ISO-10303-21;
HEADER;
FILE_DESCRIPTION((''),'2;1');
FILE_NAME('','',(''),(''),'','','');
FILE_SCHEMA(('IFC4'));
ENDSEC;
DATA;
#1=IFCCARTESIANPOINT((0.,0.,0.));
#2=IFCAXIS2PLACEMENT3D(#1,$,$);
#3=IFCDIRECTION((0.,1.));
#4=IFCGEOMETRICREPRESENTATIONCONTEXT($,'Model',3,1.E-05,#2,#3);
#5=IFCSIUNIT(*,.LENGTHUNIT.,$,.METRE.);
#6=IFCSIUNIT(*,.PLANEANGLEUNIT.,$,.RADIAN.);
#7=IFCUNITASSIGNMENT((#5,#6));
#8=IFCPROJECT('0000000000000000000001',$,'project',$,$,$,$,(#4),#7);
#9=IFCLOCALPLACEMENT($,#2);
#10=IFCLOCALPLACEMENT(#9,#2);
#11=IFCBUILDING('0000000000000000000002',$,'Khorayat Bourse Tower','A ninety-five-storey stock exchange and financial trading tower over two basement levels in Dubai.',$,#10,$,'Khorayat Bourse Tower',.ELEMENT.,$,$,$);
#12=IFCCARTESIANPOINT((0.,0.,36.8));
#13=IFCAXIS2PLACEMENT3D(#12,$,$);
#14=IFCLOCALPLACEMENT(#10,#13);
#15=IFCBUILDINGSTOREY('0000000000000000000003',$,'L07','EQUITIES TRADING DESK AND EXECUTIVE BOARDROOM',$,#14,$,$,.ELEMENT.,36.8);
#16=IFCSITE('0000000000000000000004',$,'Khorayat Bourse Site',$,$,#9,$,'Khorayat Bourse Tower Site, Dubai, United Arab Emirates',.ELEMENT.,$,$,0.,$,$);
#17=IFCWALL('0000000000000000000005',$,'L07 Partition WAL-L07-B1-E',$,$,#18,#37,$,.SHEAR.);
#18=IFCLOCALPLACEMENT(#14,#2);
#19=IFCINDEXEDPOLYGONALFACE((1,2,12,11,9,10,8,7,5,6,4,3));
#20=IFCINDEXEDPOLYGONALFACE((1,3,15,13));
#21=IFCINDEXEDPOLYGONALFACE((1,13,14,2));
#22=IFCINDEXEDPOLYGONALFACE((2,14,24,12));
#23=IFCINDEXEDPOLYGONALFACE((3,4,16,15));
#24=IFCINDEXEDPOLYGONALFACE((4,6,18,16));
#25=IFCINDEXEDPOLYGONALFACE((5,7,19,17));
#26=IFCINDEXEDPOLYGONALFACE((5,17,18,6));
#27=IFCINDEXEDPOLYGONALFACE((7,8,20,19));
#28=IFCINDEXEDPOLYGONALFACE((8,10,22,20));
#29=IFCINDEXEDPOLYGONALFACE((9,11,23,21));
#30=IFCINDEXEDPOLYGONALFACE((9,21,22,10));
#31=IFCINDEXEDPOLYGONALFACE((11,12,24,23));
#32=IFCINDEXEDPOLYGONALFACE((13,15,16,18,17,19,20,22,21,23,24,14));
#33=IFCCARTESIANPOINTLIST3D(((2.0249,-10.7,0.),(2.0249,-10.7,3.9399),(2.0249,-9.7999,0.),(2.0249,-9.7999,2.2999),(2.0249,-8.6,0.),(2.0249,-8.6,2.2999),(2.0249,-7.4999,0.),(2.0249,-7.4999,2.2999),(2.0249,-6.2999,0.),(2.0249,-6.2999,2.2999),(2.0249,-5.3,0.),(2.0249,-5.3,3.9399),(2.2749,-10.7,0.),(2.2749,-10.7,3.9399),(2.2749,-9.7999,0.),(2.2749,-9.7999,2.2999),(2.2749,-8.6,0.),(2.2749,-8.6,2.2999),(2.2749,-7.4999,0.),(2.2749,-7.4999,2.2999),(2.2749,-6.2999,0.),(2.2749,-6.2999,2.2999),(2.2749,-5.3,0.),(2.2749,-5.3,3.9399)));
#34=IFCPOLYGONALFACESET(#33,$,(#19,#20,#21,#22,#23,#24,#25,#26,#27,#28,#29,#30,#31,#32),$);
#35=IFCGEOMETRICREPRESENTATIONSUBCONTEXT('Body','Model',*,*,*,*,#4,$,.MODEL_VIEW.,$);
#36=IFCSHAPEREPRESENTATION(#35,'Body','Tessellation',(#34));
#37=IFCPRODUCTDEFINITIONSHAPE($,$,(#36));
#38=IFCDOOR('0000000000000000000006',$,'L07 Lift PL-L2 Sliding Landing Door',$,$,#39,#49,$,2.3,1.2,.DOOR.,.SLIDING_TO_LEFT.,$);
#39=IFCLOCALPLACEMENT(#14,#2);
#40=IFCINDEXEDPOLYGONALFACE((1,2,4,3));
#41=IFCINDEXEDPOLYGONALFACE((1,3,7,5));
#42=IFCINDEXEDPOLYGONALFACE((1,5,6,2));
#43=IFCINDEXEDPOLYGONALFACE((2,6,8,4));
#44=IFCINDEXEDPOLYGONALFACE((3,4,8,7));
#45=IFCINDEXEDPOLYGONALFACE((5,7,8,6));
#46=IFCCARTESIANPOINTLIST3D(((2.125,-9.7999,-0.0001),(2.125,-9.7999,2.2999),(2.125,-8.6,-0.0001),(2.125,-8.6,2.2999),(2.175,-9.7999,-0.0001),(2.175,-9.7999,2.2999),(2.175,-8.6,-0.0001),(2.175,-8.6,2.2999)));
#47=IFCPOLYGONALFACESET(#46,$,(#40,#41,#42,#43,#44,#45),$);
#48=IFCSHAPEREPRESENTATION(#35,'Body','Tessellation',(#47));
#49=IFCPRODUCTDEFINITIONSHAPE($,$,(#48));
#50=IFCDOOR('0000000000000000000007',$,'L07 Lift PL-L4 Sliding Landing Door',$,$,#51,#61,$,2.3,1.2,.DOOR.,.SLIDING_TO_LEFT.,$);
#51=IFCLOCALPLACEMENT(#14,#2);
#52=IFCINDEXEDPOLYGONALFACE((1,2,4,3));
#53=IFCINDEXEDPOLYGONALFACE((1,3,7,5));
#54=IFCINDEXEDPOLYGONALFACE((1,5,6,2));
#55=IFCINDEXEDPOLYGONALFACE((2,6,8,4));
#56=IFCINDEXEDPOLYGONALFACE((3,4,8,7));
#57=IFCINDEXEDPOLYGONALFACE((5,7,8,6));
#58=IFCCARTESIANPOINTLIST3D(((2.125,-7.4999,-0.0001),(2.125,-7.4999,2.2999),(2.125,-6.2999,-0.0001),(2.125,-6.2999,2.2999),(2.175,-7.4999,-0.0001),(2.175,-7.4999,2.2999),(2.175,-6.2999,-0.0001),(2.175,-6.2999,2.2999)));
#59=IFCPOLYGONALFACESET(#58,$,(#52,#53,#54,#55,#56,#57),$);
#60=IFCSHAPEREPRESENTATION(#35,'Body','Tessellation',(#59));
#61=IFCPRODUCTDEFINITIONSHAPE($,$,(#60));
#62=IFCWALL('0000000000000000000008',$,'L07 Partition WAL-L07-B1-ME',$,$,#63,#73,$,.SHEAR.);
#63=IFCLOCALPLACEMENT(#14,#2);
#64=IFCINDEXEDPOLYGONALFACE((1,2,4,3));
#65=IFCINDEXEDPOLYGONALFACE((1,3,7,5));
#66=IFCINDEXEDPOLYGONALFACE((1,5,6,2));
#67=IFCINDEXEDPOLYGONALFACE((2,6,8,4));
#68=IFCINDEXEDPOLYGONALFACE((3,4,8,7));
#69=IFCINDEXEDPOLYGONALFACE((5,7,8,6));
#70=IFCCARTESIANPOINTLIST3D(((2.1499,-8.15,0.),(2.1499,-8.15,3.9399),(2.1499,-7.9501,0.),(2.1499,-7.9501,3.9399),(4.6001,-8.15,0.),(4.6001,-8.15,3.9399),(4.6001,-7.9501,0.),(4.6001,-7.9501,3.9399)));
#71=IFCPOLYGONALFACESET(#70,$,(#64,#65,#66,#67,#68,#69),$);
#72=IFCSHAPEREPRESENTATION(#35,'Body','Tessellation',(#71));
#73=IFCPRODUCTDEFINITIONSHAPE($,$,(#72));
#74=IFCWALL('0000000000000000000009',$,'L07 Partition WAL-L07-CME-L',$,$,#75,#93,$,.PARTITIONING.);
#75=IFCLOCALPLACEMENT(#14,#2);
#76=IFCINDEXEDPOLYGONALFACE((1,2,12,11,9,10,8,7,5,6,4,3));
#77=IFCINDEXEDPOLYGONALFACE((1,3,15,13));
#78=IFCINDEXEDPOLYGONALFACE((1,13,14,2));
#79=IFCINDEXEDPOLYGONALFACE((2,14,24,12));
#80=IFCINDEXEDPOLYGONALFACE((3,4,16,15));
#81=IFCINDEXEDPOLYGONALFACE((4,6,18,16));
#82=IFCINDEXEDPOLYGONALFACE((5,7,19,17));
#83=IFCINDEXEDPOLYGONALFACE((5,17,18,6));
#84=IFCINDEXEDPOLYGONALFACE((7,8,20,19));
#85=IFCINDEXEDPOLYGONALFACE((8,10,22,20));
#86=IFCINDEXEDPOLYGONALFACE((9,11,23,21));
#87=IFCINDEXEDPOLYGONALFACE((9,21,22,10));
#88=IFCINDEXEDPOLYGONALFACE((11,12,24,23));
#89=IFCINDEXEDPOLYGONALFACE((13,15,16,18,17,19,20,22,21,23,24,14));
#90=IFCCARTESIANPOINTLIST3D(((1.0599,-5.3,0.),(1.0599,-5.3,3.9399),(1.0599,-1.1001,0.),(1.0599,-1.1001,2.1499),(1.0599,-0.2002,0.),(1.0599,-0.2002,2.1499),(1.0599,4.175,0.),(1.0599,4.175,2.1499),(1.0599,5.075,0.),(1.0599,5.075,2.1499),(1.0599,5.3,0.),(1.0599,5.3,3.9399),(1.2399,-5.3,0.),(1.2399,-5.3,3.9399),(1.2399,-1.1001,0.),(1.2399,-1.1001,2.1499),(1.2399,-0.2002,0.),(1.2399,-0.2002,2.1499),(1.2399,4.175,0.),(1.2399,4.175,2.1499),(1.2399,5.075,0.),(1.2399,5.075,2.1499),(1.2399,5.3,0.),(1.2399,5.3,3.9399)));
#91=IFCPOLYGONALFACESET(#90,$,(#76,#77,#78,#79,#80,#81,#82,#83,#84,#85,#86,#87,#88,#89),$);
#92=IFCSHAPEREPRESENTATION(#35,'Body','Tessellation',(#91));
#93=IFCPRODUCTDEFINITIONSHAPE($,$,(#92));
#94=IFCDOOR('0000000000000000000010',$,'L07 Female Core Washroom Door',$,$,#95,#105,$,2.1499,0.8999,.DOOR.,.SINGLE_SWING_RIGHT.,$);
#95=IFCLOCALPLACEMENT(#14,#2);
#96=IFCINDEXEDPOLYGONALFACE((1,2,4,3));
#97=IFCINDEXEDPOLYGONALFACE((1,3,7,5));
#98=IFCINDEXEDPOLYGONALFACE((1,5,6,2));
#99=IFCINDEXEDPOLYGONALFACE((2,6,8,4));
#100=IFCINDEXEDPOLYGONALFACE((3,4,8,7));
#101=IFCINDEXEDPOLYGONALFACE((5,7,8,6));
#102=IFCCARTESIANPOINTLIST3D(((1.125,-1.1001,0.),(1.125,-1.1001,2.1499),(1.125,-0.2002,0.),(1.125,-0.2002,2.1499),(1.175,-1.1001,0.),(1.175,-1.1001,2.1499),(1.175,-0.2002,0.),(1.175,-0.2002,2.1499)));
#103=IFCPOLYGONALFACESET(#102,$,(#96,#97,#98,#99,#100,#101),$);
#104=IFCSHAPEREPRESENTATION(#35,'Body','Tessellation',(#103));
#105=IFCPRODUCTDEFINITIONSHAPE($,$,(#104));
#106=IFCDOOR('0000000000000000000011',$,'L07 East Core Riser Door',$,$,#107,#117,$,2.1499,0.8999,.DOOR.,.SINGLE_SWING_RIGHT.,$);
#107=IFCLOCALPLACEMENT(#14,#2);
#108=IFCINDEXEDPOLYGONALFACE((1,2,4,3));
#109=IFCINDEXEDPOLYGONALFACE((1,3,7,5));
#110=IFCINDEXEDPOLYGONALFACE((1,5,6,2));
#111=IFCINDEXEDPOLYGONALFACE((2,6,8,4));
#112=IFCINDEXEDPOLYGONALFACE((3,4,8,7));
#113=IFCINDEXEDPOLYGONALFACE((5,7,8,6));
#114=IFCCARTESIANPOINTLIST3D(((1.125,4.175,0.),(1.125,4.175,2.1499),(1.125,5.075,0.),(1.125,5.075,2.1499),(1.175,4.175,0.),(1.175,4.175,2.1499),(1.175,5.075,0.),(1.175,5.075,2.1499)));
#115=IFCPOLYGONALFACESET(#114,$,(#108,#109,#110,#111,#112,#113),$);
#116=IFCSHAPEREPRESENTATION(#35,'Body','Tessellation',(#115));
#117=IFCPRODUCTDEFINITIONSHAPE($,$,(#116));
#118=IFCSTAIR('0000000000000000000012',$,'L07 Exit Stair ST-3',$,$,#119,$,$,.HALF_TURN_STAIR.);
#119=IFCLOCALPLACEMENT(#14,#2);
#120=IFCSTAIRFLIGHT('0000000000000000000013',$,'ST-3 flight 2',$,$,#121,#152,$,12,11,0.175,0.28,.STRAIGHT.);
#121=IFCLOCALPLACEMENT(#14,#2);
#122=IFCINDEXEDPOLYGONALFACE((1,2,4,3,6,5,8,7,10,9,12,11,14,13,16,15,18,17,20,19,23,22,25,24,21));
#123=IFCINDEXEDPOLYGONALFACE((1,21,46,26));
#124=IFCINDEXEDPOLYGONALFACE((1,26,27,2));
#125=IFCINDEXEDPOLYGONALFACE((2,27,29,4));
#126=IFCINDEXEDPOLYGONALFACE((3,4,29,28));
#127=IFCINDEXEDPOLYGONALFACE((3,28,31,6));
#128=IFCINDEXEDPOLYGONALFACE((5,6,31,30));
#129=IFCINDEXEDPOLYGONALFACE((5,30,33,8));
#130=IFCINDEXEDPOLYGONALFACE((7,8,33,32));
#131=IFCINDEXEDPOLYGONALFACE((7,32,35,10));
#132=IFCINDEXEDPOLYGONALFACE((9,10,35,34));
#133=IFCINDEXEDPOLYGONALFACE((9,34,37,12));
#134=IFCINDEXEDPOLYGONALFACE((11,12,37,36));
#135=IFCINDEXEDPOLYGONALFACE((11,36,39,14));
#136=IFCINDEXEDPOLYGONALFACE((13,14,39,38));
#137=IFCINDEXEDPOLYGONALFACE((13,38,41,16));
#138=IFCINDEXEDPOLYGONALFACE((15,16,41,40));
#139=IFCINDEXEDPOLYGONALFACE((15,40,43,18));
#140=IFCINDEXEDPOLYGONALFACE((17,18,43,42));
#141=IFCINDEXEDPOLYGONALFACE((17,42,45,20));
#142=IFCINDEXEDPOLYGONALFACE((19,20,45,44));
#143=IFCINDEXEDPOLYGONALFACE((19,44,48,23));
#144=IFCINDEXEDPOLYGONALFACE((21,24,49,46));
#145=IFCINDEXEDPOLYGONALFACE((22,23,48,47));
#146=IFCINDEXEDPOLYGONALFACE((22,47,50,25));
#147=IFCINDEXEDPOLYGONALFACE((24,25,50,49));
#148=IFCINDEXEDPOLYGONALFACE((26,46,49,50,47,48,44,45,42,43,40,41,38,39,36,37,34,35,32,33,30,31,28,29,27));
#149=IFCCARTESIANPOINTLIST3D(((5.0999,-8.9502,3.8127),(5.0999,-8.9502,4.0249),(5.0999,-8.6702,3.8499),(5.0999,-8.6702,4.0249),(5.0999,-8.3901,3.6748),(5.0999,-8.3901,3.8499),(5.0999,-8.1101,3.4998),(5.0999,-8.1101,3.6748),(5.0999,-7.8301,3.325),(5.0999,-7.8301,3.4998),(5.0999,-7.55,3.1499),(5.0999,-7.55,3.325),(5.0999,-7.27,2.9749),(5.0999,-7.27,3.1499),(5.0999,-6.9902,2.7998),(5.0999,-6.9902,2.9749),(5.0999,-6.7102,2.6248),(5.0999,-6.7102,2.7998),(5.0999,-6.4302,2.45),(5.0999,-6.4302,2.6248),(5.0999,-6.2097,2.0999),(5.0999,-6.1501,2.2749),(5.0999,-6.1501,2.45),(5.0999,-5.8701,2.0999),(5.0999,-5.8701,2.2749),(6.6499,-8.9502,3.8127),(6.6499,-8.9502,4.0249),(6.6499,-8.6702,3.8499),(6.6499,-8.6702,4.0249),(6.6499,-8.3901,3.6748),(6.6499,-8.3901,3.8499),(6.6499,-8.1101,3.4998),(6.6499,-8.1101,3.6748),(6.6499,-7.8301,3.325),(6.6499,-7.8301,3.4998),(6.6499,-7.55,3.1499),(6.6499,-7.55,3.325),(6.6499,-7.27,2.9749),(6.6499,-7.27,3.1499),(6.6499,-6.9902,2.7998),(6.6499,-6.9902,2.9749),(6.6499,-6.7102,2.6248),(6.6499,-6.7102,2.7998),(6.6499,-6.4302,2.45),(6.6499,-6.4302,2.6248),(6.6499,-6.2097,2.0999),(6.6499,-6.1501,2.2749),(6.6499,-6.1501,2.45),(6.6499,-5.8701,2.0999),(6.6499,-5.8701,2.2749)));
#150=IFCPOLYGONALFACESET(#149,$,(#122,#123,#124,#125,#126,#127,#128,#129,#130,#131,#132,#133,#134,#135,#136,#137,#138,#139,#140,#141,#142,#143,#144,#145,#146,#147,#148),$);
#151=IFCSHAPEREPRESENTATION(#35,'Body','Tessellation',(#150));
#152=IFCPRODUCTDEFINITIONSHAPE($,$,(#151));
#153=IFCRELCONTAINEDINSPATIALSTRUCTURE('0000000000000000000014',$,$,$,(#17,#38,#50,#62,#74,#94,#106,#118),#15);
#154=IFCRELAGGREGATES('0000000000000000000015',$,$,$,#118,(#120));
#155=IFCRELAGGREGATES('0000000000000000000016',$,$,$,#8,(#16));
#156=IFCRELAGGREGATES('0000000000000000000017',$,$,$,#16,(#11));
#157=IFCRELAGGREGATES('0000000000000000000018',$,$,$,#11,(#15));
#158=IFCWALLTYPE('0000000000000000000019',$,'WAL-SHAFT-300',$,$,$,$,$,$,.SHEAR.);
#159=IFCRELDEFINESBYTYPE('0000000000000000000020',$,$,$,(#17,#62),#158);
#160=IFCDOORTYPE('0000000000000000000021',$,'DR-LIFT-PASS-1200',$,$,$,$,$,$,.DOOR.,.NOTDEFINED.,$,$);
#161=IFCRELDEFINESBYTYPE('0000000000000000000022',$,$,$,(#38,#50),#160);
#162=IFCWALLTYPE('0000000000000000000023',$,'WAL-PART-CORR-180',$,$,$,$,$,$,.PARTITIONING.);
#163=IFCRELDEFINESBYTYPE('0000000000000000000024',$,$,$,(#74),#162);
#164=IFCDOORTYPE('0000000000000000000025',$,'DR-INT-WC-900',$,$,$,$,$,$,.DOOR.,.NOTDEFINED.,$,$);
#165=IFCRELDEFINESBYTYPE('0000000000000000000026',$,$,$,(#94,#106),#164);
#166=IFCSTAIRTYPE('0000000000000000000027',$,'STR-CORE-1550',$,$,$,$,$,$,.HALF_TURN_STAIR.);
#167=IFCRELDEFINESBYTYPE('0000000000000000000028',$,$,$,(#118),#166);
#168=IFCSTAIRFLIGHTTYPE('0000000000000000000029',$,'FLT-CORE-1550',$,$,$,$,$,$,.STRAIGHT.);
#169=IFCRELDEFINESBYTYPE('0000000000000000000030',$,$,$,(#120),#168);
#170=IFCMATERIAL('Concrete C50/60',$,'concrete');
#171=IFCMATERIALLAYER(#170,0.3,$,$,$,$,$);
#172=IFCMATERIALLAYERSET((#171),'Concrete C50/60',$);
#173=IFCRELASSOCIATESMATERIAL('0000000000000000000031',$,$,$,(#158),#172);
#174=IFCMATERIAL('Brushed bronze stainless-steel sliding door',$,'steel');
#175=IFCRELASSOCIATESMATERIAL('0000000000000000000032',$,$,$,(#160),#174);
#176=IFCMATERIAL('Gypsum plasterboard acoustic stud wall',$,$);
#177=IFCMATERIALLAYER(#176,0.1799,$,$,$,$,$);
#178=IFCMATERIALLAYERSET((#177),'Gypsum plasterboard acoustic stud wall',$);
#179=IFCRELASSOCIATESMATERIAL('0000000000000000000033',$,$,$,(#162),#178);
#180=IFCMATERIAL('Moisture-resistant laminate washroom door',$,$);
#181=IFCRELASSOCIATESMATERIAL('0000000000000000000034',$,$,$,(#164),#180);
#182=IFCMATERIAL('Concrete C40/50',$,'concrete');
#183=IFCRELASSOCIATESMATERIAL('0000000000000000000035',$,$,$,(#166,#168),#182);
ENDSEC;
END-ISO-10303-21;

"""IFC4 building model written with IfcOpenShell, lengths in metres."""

from ifc_helpers import new_model, si_unit, direction, frame, frame_2d, origin, place, context, subcontext, project, spatial, polyline, rectangle, outline, extrude, source, transform, mapped, material, layer, layer_set, type_object, element, fill, aggregate, save


model = new_model("IFC4")

# Units and contexts
model_context = context("Model", 3, precision=1e-05, world=origin(), true_north=direction((0.0, 1.0)))
body_context = subcontext(model_context, "Body", "Model", "MODEL_VIEW")
ifc_project = project(units=[si_unit("LENGTHUNIT", "METRE"), si_unit("PLANEANGLEUNIT", "RADIAN")], contexts=[model_context])

# Site, building, storey
site_placement = place(None, origin())
site = spatial("IfcSite", under=ifc_project, at=site_placement, Name="Khorayat Bourse Site", LongName="Khorayat Bourse Tower Site, Dubai, United Arab Emirates", CompositionType="ELEMENT", RefElevation=0.0)
building_placement = place(site_placement, origin())
building = spatial("IfcBuilding", under=site, at=building_placement, Name="Khorayat Bourse Tower", Description="A ninety-five-storey stock exchange and financial trading tower over two basement levels in Dubai.", LongName="Khorayat Bourse Tower", CompositionType="ELEMENT")
storey_placement = place(building_placement, frame((0.0, 0.0, 36.8)))
storey = spatial("IfcBuildingStorey", under=building, at=storey_placement, Name="L07", Description="EQUITIES TRADING DESK AND EXECUTIVE BOARDROOM", CompositionType="ELEMENT", Elevation=36.8)

# Wall, openings, doors
ifc_material_1 = material(Name="Concrete C50/60", Category="concrete")
ifc_layer_1 = layer(ifc_material_1, 0.3)
ifc_layer_set_1 = layer_set([ifc_layer_1], Name="Concrete C50/60")
wall_type_1 = type_object("IfcWallType", Name="WAL-SHAFT-300", PredefinedType="SHEAR", material=ifc_layer_set_1)
shared_shape_1 = source(origin(), body_context, "Body", "SweptSolid", [
    extrude(rectangle(XDim=5.3999, YDim=0.25, at=frame_2d((2.7, 0.0))), origin(), (0.0, 0.0, 1.0), 3.9399),
])
shared_shape_2 = source(origin(), body_context, "Body", "SweptSolid", [
    extrude(rectangle(XDim=1.2, YDim=2.3, at=frame_2d((0.6001, 1.1499))), frame((0.0, 0.135, 0.0), z_axis=(0.0, -1.0, 0.0), x_axis=(1.0, 0.0, 0.0)), (0.0, 0.0, 1.0), 0.27),
])
ifc_material_2 = material(Name="Brushed bronze stainless-steel sliding door", Category="steel")
door_type_1 = type_object("IfcDoorType", Name="DR-LIFT-PASS-1200", OperationType="NOTDEFINED", PredefinedType="DOOR", material=ifc_material_2)
shared_shape_3 = source(origin(), body_context, "Body", "SweptSolid", [
    extrude(rectangle(XDim=1.2, YDim=2.3, at=frame_2d((0.6001, 1.1499))), frame((0.0, 0.0249, 0.0), z_axis=(0.0, -1.0, 0.0), x_axis=(1.0, 0.0, 0.0)), (0.0, 0.0, 1.0), 0.05),
])
wall_1_placement = place(storey_placement, frame((2.1499, -10.7, 0.0), z_axis=(0.0, 0.0, 1.0), x_axis=(0.0, 1.0, 0.0)))
wall_1 = element("IfcWall", 1, at=wall_1_placement, inside=storey, type_object=wall_type_1, Name="L07 Partition WAL-L07-B1-E", PredefinedType="SHEAR", context=body_context, shape_type="MappedRepresentation", body=[
    mapped(shared_shape_1, transform((0.0, 0.0, 0.0), scale=1.0)),
])
opening_1_placement = place(wall_1_placement, frame((0.8999, 0.0, 0.0)))
opening_1 = element("IfcOpeningElement", 2, at=opening_1_placement, cuts=wall_1, PredefinedType="OPENING", context=body_context, shape_type="MappedRepresentation", body=[
    mapped(shared_shape_2, transform((0.0, 0.0, 0.0), scale=1.0)),
])
opening_2_placement = place(wall_1_placement, frame((3.2, 0.0, 0.0)))
opening_2 = element("IfcOpeningElement", 3, at=opening_2_placement, cuts=wall_1, PredefinedType="OPENING", context=body_context, shape_type="MappedRepresentation", body=[
    mapped(shared_shape_2, transform((0.0, 0.0, 0.0), scale=1.0)),
])
door_1_placement = place(opening_1_placement, origin())
door_1 = element("IfcDoor", 4, at=door_1_placement, inside=storey, type_object=door_type_1, Name="L07 Lift PL-L2 Sliding Landing Door", OperationType="SLIDING_TO_LEFT", OverallHeight=2.3, OverallWidth=1.2, PredefinedType="DOOR", context=body_context, shape_type="MappedRepresentation", body=[
    mapped(shared_shape_3, transform((0.0, 0.0, 0.0), scale=1.0)),
])
fill(opening_1, door_1)
door_2_placement = place(opening_2_placement, origin())
door_2 = element("IfcDoor", 5, at=door_2_placement, inside=storey, type_object=door_type_1, Name="L07 Lift PL-L4 Sliding Landing Door", OperationType="SLIDING_TO_LEFT", OverallHeight=2.3, OverallWidth=1.2, PredefinedType="DOOR", context=body_context, shape_type="MappedRepresentation", body=[
    mapped(shared_shape_3, transform((0.0, 0.0, 0.0), scale=1.0)),
])
fill(opening_2, door_2)

# Wall
shared_shape_4 = source(origin(), body_context, "Body", "SweptSolid", [
    extrude(rectangle(XDim=2.4502, YDim=0.2, at=frame_2d((1.2251, 0.0))), origin(), (0.0, 0.0, 1.0), 3.9399),
])
wall_2_placement = place(storey_placement, frame((2.1499, -8.05, 0.0), z_axis=(0.0, 0.0, 1.0), x_axis=(1.0, 0.0, 0.0)))
element("IfcWall", 6, at=wall_2_placement, inside=storey, type_object=wall_type_1, Name="L07 Partition WAL-L07-B1-ME", PredefinedType="SHEAR", context=body_context, shape_type="MappedRepresentation", body=[
    mapped(shared_shape_4, transform((0.0, 0.0, 0.0), scale=1.0)),
])

# Wall, openings, doors
ifc_material_3 = material(Name="Gypsum plasterboard acoustic stud wall")
ifc_layer_2 = layer(ifc_material_3, 0.1799)
ifc_layer_set_2 = layer_set([ifc_layer_2], Name="Gypsum plasterboard acoustic stud wall")
wall_type_2 = type_object("IfcWallType", Name="WAL-PART-CORR-180", PredefinedType="PARTITIONING", material=ifc_layer_set_2)
shared_shape_5 = source(origin(), body_context, "Body", "SweptSolid", [
    extrude(rectangle(XDim=10.6001, YDim=0.1799, at=frame_2d((5.3, 0.0))), origin(), (0.0, 0.0, 1.0), 3.9399),
])
shared_shape_6 = source(origin(), body_context, "Body", "SweptSolid", [
    extrude(rectangle(XDim=0.8999, YDim=2.1499, at=frame_2d((0.45, 1.075))), frame((0.0, 0.0999, 0.0), z_axis=(0.0, -1.0, 0.0), x_axis=(1.0, 0.0, 0.0)), (0.0, 0.0, 1.0), 0.2),
])
ifc_material_4 = material(Name="Moisture-resistant laminate washroom door")
door_type_2 = type_object("IfcDoorType", Name="DR-INT-WC-900", OperationType="NOTDEFINED", PredefinedType="DOOR", material=ifc_material_4)
shared_shape_7 = source(origin(), body_context, "Body", "SweptSolid", [
    extrude(rectangle(XDim=0.8999, YDim=2.1499, at=frame_2d((0.45, 1.075))), frame((0.0, 0.0249, 0.0), z_axis=(0.0, -1.0, 0.0), x_axis=(1.0, 0.0, 0.0)), (0.0, 0.0, 1.0), 0.05),
])
wall_3_placement = place(storey_placement, frame((1.1499, -5.3, 0.0), z_axis=(0.0, 0.0, 1.0), x_axis=(0.0, 1.0, 0.0)))
wall_3 = element("IfcWall", 7, at=wall_3_placement, inside=storey, type_object=wall_type_2, Name="L07 Partition WAL-L07-CME-L", PredefinedType="PARTITIONING", context=body_context, shape_type="MappedRepresentation", body=[
    mapped(shared_shape_5, transform((0.0, 0.0, 0.0), scale=1.0)),
])
opening_3_placement = place(wall_3_placement, frame((4.2, 0.0, 0.0)))
opening_3 = element("IfcOpeningElement", 8, at=opening_3_placement, cuts=wall_3, PredefinedType="OPENING", context=body_context, shape_type="MappedRepresentation", body=[
    mapped(shared_shape_6, transform((0.0, 0.0, 0.0), scale=1.0)),
])
opening_4_placement = place(wall_3_placement, frame((9.4751, 0.0, 0.0)))
opening_4 = element("IfcOpeningElement", 9, at=opening_4_placement, cuts=wall_3, PredefinedType="OPENING", context=body_context, shape_type="MappedRepresentation", body=[
    mapped(shared_shape_6, transform((0.0, 0.0, 0.0), scale=1.0)),
])
door_3_placement = place(opening_3_placement, origin())
door_3 = element("IfcDoor", 10, at=door_3_placement, inside=storey, type_object=door_type_2, Name="L07 Female Core Washroom Door", OperationType="SINGLE_SWING_RIGHT", OverallHeight=2.1499, OverallWidth=0.8999, PredefinedType="DOOR", context=body_context, shape_type="MappedRepresentation", body=[
    mapped(shared_shape_7, transform((0.0, 0.0, 0.0), scale=1.0)),
])
fill(opening_3, door_3)
door_4_placement = place(opening_4_placement, origin())
door_4 = element("IfcDoor", 11, at=door_4_placement, inside=storey, type_object=door_type_2, Name="L07 East Core Riser Door", OperationType="SINGLE_SWING_RIGHT", OverallHeight=2.1499, OverallWidth=0.8999, PredefinedType="DOOR", context=body_context, shape_type="MappedRepresentation", body=[
    mapped(shared_shape_7, transform((0.0, 0.0, 0.0), scale=1.0)),
])
fill(opening_4, door_4)

# Stair, stair flight
ifc_material_5 = material(Name="Concrete C40/50", Category="concrete")
stair_type = type_object("IfcStairType", Name="STR-CORE-1550", PredefinedType="HALF_TURN_STAIR", material=ifc_material_5)
stair_placement = place(storey_placement, origin())
stair = element("IfcStair", 12, at=stair_placement, inside=storey, type_object=stair_type, Name="L07 Exit Stair ST-3", PredefinedType="HALF_TURN_STAIR")
stair_flight_type = type_object("IfcStairFlightType", Name="FLT-CORE-1550", PredefinedType="STRAIGHT", material=ifc_material_5)
shared_shape_8 = source(origin(), body_context, "Body", "SweptSolid", [
    extrude(outline(polyline([(0.0, 0.0), (0.0, 0.175), (0.28, 0.175), (0.28, 0.3501), (0.5601, 0.3501), (0.5601, 0.5249), (0.8401, 0.5249), (0.8401, 0.7), (1.1201, 0.7), (1.1201, 0.875), (1.3999, 0.875), (1.3999, 1.05), (1.6799, 1.05), (1.6799, 1.2251), (1.96, 1.2251), (1.96, 1.3999), (2.24, 1.3999), (2.24, 1.575), (2.52, 1.575), (2.52, 1.75), (2.8, 1.75), (2.8, 1.925), (3.0801, 1.925), (3.0801, 2.1001), (3.0801, 1.7129), (0.3396, 0.0), (0.0, 0.0)])), frame((0.0, 0.7749, 0.0), z_axis=(0.0, -1.0, 0.0), x_axis=(1.0, 0.0, 0.0)), (0.0, 0.0, 1.0), 1.55),
])
stair_flight_placement = place(storey_placement, frame((5.875, -5.8701, 2.0999), z_axis=(0.0, 0.0, 1.0), x_axis=(0.0, -1.0, 0.0)))
stair_flight = element("IfcStairFlight", 13, at=stair_flight_placement, type_object=stair_flight_type, Name="ST-3 flight 2", NumberOfRisers=12, NumberOfTreads=11, PredefinedType="STRAIGHT", RiserHeight=0.175, TreadLength=0.28, context=body_context, shape_type="MappedRepresentation", body=[
    mapped(shared_shape_8, transform((0.0, 0.0, 0.0), scale=1.0)),
])
aggregate(stair, [stair_flight])

save(model, "model.ifc")
